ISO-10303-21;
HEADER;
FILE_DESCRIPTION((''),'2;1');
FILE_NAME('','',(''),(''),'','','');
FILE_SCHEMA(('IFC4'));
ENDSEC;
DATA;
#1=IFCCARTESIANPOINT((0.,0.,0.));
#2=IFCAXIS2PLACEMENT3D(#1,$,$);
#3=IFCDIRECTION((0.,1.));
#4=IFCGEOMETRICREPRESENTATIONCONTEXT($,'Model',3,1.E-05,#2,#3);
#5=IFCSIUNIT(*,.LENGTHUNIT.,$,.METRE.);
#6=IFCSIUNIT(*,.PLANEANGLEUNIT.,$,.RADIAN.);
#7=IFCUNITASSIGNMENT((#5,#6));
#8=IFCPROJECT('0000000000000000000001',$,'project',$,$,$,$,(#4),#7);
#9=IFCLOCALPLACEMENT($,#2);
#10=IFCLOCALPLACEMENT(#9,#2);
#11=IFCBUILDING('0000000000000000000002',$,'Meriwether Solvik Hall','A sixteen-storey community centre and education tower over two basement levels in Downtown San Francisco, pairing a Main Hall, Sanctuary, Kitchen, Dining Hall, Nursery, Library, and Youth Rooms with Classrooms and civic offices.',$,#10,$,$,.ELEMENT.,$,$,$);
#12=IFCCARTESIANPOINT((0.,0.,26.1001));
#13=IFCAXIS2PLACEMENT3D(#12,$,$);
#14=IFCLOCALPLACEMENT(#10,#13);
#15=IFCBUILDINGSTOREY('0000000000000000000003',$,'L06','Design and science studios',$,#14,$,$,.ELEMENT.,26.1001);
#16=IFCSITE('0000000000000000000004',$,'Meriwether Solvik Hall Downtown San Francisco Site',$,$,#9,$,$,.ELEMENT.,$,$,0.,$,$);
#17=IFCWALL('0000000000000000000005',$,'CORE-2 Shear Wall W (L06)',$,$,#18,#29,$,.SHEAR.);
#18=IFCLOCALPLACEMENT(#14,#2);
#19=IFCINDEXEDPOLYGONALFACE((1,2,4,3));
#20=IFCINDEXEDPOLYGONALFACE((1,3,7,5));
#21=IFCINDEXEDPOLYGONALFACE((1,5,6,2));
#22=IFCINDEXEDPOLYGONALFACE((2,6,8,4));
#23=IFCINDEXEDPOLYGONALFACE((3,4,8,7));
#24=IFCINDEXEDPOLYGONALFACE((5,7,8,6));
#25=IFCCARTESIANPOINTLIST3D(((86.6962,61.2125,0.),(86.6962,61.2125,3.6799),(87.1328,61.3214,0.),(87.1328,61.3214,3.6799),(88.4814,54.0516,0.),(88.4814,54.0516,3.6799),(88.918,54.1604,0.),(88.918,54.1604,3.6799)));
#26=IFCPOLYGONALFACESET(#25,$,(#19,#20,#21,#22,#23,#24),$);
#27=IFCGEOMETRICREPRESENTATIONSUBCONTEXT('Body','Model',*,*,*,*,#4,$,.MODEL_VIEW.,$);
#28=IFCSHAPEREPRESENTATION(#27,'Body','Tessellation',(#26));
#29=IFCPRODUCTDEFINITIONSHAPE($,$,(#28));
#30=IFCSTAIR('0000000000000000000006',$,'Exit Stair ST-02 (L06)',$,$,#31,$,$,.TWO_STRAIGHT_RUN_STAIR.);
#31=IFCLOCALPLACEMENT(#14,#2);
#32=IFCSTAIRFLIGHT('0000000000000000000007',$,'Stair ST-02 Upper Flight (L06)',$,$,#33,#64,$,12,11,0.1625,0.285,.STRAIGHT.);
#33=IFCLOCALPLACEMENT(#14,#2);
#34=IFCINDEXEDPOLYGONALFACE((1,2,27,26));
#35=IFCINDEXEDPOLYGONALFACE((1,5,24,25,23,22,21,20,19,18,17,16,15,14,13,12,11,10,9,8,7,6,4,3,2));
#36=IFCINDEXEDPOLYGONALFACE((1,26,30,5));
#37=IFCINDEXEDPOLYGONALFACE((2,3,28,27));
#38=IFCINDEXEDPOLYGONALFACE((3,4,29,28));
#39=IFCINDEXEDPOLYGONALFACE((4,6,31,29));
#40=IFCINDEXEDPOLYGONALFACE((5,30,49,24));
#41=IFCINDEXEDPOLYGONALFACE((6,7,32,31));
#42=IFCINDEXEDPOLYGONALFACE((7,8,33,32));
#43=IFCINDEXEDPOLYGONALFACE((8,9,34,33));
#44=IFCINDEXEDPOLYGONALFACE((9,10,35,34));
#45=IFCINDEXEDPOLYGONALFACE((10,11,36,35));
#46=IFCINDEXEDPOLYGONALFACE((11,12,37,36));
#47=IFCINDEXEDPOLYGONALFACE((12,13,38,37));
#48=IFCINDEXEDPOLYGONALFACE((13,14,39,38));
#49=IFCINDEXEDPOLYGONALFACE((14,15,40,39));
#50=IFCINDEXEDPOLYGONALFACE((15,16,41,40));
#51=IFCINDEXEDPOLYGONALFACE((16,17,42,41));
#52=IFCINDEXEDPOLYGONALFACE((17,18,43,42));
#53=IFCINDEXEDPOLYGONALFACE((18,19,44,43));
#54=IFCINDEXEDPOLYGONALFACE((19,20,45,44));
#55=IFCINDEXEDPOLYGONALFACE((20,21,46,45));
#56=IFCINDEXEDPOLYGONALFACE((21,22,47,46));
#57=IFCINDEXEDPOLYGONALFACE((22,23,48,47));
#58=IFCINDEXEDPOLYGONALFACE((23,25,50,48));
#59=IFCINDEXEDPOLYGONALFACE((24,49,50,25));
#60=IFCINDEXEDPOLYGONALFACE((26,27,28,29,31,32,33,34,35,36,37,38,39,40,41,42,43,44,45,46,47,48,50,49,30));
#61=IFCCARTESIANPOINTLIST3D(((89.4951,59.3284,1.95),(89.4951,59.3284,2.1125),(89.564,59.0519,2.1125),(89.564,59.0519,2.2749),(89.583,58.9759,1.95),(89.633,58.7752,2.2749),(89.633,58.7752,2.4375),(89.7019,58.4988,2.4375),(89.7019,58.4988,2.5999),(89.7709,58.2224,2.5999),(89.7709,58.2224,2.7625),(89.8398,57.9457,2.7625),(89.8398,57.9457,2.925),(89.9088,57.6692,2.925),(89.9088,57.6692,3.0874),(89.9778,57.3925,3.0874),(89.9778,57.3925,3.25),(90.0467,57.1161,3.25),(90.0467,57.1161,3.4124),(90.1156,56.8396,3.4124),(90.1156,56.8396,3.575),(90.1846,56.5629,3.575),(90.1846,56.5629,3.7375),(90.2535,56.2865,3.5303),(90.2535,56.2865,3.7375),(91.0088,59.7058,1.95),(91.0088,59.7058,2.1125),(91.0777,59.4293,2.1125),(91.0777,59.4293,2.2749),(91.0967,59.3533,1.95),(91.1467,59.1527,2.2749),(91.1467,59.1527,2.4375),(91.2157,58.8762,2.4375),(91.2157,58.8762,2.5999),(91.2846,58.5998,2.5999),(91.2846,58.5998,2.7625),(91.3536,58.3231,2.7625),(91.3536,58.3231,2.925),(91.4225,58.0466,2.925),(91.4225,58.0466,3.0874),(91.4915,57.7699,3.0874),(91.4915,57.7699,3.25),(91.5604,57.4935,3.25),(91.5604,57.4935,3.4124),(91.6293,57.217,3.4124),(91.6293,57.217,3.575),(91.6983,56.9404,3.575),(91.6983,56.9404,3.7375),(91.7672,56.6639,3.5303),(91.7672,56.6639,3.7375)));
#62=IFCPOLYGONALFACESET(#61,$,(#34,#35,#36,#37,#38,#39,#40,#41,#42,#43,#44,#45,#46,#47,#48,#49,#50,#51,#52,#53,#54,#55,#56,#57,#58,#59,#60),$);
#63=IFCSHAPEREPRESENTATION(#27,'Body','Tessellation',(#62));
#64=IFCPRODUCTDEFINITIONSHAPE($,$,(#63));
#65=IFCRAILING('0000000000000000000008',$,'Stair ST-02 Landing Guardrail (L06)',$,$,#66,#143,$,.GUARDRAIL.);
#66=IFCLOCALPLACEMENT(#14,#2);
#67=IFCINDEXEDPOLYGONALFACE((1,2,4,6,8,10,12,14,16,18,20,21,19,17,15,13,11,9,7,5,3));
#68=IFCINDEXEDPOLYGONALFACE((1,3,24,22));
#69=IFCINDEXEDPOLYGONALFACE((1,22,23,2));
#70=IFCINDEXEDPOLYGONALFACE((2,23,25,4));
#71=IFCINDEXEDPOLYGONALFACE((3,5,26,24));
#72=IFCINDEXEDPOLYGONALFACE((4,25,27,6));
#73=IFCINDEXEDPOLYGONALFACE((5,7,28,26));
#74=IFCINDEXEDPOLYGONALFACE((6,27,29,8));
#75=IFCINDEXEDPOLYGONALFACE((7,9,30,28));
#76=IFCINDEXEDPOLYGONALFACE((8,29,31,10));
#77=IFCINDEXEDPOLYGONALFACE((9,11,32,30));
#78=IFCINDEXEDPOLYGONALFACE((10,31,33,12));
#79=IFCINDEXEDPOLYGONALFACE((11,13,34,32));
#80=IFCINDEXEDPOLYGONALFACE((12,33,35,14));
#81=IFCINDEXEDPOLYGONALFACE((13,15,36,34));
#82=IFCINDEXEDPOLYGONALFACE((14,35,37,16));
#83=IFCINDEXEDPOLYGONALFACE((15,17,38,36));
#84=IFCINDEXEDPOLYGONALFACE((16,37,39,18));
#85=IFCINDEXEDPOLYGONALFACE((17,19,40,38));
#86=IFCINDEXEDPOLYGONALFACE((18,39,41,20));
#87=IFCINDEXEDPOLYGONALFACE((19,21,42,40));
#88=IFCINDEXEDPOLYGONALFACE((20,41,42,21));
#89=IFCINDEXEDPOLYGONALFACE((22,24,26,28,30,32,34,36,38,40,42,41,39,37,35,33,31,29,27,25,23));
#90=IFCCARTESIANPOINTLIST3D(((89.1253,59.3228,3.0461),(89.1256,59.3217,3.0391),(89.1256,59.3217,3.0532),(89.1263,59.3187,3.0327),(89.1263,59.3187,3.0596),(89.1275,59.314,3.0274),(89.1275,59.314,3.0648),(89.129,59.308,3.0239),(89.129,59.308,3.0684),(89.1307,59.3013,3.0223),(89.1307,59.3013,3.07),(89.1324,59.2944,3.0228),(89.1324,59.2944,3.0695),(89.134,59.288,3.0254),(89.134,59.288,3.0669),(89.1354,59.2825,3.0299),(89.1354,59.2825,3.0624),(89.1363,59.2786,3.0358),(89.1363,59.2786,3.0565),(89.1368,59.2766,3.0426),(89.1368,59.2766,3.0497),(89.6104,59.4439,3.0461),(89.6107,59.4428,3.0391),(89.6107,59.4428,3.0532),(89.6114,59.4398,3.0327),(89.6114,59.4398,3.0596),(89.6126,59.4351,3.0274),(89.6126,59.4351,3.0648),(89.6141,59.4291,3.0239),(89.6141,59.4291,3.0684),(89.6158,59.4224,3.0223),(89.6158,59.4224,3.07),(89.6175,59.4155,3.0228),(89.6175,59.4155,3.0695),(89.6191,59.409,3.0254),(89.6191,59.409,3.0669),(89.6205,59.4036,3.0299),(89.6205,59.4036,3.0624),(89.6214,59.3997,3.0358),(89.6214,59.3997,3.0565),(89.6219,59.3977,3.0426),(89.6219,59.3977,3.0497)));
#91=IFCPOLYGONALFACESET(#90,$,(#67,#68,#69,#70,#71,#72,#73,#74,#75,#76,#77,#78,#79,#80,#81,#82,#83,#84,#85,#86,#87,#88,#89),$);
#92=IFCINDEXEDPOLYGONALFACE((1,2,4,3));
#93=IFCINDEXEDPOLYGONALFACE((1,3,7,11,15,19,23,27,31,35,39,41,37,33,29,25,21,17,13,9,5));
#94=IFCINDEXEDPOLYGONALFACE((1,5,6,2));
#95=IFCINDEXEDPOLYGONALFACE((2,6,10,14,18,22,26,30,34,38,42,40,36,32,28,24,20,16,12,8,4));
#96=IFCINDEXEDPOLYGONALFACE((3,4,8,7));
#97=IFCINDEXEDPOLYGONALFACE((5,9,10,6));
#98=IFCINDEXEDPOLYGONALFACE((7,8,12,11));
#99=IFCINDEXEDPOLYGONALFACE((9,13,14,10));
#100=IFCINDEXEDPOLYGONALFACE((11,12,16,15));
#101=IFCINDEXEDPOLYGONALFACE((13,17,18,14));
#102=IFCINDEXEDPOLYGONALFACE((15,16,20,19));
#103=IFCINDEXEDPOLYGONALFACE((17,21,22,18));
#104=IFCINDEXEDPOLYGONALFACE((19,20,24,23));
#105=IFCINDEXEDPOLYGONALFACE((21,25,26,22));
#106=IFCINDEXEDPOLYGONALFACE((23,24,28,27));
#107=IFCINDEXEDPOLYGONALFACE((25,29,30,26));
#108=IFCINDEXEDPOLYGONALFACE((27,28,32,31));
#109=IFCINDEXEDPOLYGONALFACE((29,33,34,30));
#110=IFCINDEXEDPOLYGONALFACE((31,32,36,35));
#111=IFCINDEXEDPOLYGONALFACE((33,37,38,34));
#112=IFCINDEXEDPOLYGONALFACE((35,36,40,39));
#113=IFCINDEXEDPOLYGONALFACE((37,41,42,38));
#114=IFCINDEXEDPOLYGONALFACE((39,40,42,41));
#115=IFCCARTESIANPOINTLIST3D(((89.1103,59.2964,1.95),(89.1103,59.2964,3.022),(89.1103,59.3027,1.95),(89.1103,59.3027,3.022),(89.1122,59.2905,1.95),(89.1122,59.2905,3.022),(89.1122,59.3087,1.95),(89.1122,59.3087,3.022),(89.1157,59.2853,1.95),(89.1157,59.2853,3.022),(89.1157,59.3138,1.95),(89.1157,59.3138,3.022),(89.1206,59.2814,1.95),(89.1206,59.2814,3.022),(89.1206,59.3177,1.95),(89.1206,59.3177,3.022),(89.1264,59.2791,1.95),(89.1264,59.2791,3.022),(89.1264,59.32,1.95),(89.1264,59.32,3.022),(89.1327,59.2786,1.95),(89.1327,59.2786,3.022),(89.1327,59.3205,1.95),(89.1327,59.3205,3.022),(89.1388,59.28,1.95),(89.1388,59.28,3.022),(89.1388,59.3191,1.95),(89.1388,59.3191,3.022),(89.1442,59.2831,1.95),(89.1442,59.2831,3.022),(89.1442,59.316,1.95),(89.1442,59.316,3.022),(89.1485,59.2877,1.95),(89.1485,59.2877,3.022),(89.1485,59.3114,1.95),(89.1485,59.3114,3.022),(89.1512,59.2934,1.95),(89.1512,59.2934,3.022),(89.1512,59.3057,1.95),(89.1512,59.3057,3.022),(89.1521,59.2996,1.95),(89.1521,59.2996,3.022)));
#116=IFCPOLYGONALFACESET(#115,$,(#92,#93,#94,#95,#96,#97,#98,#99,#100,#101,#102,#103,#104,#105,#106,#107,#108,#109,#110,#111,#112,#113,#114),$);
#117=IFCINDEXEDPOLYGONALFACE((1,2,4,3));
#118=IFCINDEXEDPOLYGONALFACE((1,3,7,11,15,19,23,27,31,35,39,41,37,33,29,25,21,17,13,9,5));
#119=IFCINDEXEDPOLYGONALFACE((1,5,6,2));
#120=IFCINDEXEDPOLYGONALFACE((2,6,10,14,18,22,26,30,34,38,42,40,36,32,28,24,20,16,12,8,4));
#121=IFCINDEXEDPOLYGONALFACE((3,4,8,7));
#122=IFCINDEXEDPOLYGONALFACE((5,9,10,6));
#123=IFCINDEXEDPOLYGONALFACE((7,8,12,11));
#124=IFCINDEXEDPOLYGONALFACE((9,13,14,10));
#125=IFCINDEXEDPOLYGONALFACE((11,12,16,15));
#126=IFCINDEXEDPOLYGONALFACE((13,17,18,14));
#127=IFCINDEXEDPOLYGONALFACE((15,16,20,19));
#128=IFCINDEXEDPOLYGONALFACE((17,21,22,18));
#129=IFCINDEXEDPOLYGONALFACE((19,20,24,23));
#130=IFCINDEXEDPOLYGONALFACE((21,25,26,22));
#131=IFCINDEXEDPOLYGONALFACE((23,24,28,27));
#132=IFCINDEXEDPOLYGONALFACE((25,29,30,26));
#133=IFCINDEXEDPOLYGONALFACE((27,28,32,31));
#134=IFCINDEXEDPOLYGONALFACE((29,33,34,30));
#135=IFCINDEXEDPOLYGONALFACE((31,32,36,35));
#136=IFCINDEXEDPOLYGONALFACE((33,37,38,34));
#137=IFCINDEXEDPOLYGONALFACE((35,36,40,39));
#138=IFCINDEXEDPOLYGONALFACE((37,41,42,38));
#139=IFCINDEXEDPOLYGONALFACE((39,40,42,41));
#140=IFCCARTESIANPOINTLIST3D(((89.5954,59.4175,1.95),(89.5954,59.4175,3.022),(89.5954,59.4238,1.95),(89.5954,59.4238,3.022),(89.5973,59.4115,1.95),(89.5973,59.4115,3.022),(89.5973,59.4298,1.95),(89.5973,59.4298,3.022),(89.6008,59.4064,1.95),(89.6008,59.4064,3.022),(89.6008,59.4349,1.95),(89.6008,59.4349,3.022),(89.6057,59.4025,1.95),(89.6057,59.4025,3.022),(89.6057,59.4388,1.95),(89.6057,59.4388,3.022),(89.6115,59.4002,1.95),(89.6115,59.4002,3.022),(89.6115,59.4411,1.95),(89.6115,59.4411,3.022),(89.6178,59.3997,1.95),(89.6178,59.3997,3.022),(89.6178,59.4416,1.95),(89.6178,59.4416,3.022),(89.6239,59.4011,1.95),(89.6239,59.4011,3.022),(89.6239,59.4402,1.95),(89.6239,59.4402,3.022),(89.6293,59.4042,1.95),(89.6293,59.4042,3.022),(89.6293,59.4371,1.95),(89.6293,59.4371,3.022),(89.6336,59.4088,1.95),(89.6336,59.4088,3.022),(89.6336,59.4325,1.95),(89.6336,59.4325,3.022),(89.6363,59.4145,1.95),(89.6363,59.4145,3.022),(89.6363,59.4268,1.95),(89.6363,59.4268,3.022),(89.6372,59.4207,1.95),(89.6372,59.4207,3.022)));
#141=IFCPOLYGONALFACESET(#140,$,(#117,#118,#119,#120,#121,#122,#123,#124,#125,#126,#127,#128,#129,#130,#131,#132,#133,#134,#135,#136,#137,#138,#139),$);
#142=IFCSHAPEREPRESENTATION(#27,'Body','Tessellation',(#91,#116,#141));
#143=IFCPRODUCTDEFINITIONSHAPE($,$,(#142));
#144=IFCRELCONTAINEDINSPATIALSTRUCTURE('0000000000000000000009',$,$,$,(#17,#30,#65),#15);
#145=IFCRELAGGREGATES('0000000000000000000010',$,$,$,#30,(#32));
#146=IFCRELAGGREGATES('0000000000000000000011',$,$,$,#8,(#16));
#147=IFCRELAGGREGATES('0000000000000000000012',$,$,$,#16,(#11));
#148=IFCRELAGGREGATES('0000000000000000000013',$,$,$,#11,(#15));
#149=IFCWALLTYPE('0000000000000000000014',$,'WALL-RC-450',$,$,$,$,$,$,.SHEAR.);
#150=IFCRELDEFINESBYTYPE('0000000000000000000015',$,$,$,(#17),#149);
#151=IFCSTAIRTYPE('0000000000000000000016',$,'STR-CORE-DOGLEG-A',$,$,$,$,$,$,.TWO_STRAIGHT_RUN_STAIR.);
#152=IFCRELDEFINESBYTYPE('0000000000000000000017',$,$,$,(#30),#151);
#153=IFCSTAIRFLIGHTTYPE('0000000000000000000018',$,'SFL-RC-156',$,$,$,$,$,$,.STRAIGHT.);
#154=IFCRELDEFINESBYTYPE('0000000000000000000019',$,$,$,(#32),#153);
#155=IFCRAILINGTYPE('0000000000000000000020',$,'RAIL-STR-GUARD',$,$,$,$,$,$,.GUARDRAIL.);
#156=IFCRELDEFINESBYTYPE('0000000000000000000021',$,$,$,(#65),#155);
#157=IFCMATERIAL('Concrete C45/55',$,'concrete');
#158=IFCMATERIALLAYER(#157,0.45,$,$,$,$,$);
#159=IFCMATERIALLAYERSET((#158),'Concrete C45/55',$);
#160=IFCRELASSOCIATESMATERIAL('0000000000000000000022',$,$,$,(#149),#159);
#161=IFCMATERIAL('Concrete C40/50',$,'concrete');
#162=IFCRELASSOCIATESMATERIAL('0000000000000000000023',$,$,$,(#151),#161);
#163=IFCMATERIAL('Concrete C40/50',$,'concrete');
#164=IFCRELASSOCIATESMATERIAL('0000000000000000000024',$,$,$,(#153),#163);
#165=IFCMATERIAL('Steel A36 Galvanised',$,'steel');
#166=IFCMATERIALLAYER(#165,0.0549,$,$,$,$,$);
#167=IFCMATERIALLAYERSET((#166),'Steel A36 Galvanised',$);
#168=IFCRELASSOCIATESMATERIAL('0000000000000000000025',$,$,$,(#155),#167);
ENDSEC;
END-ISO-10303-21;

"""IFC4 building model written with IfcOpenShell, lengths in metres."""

from ifc_helpers import new_model, si_unit, direction, frame, frame_2d, origin, origin_2d, place, context, subcontext, project, spatial, polyline, rectangle, circle, outline, extrude, material, layer, layer_set, type_object, element, aggregate, save


model = new_model("IFC4")

# Units and contexts
model_context = context("Model", 3, precision=1e-05, world=origin(), true_north=direction((0.0, 1.0)))
body_context = subcontext(model_context, "Body", "Model", "MODEL_VIEW")
ifc_project = project(units=[si_unit("LENGTHUNIT", "METRE"), si_unit("PLANEANGLEUNIT", "RADIAN")], contexts=[model_context])

# Site, building, storey
site_placement = place(None, origin())
site = spatial("IfcSite", under=ifc_project, at=site_placement, Name="Meriwether Solvik Hall Downtown San Francisco Site", CompositionType="ELEMENT", RefElevation=0.0)
building_placement = place(site_placement, origin())
building = spatial("IfcBuilding", under=site, at=building_placement, Name="Meriwether Solvik Hall", Description="A sixteen-storey community centre and education tower over two basement levels in Downtown San Francisco, pairing a Main Hall, Sanctuary, Kitchen, Dining Hall, Nursery, Library, and Youth Rooms with Classrooms and civic offices.", CompositionType="ELEMENT")
storey_placement = place(building_placement, frame((0.0, 0.0, 26.1001)))
storey = spatial("IfcBuildingStorey", under=building, at=storey_placement, Name="L06", Description="Design and science studios", CompositionType="ELEMENT", Elevation=26.1001)

# Wall
ifc_material_1 = material(Name="Concrete C45/55", Category="concrete")
ifc_layer_1 = layer(ifc_material_1, 0.45)
ifc_layer_set_1 = layer_set([ifc_layer_1], Name="Concrete C45/55")
wall_type_1 = type_object("IfcWallType", Name="WALL-RC-450", PredefinedType="SHEAR", material=ifc_layer_set_1)
wall_1_placement = place(storey_placement, frame((86.9146, 61.2668, 0.0), z_axis=(0.0, 0.0, 1.0), x_axis=(0.24189, -0.970304, 0.0)))
element("IfcWall", 1, at=wall_1_placement, inside=storey, type_object=wall_type_1, Name="CORE-2 Shear Wall W (L06)", PredefinedType="SHEAR", context=body_context, shape_type="SweptSolid", body=[
    extrude(rectangle(XDim=7.3801, YDim=0.45, at=frame_2d((3.6899, 0.0))), origin(), (0.0, 0.0, 1.0), 3.6799),
])

# Stair, stair flight
ifc_material_2 = material(Name="Concrete C40/50", Category="concrete")
stair_type = type_object("IfcStairType", Name="STR-CORE-DOGLEG-A", PredefinedType="TWO_STRAIGHT_RUN_STAIR", material=ifc_material_2)
stair_placement = place(storey_placement, origin())
stair = element("IfcStair", 2, at=stair_placement, inside=storey, type_object=stair_type, Name="Exit Stair ST-02 (L06)", PredefinedType="TWO_STRAIGHT_RUN_STAIR")
ifc_material_3 = material(Name="Concrete C40/50", Category="concrete")
stair_flight_type = type_object("IfcStairFlightType", Name="SFL-RC-156", PredefinedType="STRAIGHT", material=ifc_material_3)
stair_flight_placement = place(storey_placement, frame((90.252, 59.5171, 1.95), z_axis=(0.0, 0.0, 1.0), x_axis=(0.241922, -0.970296, 0.0)))
stair_flight = element("IfcStairFlight", 3, at=stair_flight_placement, type_object=stair_flight_type, Name="Stair ST-02 Upper Flight (L06)", NumberOfRisers=12, NumberOfTreads=11, PredefinedType="STRAIGHT", RiserHeight=0.1625, TreadLength=0.285, context=body_context, shape_type="SweptSolid", body=[
    extrude(outline(polyline([(0.0, 0.0), (0.0, 0.1626), (0.2849, 0.1626), (0.2849, 0.325), (0.5701, 0.325), (0.5701, 0.4875), (0.855, 0.4875), (0.855, 0.6499), (1.1399, 0.6499), (1.1399, 0.8125), (1.425, 0.8125), (1.425, 0.9751), (1.71, 0.9751), (1.71, 1.1375), (1.9951, 1.1375), (1.9951, 1.3), (2.28, 1.3), (2.28, 1.4624), (2.5649, 1.4624), (2.5649, 1.625), (2.8501, 1.625), (2.8501, 1.7876), (3.135, 1.7876), (3.135, 1.95), (3.135, 1.5803), (0.3633, 0.0), (0.0, 0.0)])), frame((0.0, 0.78, 0.0), z_axis=(0.0, -1.0, 0.0), x_axis=(1.0, 0.0, 0.0)), (0.0, 0.0, 1.0), 1.5601),
])
aggregate(stair, [stair_flight])

# Railing
ifc_material_4 = material(Name="Steel A36 Galvanised", Category="steel")
ifc_layer_2 = layer(ifc_material_4, 0.0549)
ifc_layer_set_2 = layer_set([ifc_layer_2], Name="Steel A36 Galvanised")
railing_type_1 = type_object("IfcRailingType", Name="RAIL-STR-GUARD", PredefinedType="GUARDRAIL", material=ifc_layer_set_2)
railing_1_placement = place(storey_placement, frame((89.1311, 59.2996, 1.95)))
element("IfcRailing", 4, at=railing_1_placement, inside=storey, type_object=railing_type_1, Name="Stair ST-02 Landing Guardrail (L06)", PredefinedType="GUARDRAIL", context=body_context, shape_type="SweptSolid", body=[
    extrude(circle(Radius=0.0239, at=origin_2d()), frame((0.0, 0.0, 1.0962), z_axis=(0.970229, 0.242191, 0.0), x_axis=(-0.242191, 0.970229, 0.0)), (0.0, 0.0, 1.0), 0.5),
    extrude(circle(Radius=0.021, at=origin_2d()), origin(), (0.0, 0.0, 1.0), 1.072),
    extrude(circle(Radius=0.021, at=origin_2d()), frame((0.4851, 0.1211, 0.0)), (0.0, 0.0, 1.0), 1.072),
])

save(model, "model.ifc")
